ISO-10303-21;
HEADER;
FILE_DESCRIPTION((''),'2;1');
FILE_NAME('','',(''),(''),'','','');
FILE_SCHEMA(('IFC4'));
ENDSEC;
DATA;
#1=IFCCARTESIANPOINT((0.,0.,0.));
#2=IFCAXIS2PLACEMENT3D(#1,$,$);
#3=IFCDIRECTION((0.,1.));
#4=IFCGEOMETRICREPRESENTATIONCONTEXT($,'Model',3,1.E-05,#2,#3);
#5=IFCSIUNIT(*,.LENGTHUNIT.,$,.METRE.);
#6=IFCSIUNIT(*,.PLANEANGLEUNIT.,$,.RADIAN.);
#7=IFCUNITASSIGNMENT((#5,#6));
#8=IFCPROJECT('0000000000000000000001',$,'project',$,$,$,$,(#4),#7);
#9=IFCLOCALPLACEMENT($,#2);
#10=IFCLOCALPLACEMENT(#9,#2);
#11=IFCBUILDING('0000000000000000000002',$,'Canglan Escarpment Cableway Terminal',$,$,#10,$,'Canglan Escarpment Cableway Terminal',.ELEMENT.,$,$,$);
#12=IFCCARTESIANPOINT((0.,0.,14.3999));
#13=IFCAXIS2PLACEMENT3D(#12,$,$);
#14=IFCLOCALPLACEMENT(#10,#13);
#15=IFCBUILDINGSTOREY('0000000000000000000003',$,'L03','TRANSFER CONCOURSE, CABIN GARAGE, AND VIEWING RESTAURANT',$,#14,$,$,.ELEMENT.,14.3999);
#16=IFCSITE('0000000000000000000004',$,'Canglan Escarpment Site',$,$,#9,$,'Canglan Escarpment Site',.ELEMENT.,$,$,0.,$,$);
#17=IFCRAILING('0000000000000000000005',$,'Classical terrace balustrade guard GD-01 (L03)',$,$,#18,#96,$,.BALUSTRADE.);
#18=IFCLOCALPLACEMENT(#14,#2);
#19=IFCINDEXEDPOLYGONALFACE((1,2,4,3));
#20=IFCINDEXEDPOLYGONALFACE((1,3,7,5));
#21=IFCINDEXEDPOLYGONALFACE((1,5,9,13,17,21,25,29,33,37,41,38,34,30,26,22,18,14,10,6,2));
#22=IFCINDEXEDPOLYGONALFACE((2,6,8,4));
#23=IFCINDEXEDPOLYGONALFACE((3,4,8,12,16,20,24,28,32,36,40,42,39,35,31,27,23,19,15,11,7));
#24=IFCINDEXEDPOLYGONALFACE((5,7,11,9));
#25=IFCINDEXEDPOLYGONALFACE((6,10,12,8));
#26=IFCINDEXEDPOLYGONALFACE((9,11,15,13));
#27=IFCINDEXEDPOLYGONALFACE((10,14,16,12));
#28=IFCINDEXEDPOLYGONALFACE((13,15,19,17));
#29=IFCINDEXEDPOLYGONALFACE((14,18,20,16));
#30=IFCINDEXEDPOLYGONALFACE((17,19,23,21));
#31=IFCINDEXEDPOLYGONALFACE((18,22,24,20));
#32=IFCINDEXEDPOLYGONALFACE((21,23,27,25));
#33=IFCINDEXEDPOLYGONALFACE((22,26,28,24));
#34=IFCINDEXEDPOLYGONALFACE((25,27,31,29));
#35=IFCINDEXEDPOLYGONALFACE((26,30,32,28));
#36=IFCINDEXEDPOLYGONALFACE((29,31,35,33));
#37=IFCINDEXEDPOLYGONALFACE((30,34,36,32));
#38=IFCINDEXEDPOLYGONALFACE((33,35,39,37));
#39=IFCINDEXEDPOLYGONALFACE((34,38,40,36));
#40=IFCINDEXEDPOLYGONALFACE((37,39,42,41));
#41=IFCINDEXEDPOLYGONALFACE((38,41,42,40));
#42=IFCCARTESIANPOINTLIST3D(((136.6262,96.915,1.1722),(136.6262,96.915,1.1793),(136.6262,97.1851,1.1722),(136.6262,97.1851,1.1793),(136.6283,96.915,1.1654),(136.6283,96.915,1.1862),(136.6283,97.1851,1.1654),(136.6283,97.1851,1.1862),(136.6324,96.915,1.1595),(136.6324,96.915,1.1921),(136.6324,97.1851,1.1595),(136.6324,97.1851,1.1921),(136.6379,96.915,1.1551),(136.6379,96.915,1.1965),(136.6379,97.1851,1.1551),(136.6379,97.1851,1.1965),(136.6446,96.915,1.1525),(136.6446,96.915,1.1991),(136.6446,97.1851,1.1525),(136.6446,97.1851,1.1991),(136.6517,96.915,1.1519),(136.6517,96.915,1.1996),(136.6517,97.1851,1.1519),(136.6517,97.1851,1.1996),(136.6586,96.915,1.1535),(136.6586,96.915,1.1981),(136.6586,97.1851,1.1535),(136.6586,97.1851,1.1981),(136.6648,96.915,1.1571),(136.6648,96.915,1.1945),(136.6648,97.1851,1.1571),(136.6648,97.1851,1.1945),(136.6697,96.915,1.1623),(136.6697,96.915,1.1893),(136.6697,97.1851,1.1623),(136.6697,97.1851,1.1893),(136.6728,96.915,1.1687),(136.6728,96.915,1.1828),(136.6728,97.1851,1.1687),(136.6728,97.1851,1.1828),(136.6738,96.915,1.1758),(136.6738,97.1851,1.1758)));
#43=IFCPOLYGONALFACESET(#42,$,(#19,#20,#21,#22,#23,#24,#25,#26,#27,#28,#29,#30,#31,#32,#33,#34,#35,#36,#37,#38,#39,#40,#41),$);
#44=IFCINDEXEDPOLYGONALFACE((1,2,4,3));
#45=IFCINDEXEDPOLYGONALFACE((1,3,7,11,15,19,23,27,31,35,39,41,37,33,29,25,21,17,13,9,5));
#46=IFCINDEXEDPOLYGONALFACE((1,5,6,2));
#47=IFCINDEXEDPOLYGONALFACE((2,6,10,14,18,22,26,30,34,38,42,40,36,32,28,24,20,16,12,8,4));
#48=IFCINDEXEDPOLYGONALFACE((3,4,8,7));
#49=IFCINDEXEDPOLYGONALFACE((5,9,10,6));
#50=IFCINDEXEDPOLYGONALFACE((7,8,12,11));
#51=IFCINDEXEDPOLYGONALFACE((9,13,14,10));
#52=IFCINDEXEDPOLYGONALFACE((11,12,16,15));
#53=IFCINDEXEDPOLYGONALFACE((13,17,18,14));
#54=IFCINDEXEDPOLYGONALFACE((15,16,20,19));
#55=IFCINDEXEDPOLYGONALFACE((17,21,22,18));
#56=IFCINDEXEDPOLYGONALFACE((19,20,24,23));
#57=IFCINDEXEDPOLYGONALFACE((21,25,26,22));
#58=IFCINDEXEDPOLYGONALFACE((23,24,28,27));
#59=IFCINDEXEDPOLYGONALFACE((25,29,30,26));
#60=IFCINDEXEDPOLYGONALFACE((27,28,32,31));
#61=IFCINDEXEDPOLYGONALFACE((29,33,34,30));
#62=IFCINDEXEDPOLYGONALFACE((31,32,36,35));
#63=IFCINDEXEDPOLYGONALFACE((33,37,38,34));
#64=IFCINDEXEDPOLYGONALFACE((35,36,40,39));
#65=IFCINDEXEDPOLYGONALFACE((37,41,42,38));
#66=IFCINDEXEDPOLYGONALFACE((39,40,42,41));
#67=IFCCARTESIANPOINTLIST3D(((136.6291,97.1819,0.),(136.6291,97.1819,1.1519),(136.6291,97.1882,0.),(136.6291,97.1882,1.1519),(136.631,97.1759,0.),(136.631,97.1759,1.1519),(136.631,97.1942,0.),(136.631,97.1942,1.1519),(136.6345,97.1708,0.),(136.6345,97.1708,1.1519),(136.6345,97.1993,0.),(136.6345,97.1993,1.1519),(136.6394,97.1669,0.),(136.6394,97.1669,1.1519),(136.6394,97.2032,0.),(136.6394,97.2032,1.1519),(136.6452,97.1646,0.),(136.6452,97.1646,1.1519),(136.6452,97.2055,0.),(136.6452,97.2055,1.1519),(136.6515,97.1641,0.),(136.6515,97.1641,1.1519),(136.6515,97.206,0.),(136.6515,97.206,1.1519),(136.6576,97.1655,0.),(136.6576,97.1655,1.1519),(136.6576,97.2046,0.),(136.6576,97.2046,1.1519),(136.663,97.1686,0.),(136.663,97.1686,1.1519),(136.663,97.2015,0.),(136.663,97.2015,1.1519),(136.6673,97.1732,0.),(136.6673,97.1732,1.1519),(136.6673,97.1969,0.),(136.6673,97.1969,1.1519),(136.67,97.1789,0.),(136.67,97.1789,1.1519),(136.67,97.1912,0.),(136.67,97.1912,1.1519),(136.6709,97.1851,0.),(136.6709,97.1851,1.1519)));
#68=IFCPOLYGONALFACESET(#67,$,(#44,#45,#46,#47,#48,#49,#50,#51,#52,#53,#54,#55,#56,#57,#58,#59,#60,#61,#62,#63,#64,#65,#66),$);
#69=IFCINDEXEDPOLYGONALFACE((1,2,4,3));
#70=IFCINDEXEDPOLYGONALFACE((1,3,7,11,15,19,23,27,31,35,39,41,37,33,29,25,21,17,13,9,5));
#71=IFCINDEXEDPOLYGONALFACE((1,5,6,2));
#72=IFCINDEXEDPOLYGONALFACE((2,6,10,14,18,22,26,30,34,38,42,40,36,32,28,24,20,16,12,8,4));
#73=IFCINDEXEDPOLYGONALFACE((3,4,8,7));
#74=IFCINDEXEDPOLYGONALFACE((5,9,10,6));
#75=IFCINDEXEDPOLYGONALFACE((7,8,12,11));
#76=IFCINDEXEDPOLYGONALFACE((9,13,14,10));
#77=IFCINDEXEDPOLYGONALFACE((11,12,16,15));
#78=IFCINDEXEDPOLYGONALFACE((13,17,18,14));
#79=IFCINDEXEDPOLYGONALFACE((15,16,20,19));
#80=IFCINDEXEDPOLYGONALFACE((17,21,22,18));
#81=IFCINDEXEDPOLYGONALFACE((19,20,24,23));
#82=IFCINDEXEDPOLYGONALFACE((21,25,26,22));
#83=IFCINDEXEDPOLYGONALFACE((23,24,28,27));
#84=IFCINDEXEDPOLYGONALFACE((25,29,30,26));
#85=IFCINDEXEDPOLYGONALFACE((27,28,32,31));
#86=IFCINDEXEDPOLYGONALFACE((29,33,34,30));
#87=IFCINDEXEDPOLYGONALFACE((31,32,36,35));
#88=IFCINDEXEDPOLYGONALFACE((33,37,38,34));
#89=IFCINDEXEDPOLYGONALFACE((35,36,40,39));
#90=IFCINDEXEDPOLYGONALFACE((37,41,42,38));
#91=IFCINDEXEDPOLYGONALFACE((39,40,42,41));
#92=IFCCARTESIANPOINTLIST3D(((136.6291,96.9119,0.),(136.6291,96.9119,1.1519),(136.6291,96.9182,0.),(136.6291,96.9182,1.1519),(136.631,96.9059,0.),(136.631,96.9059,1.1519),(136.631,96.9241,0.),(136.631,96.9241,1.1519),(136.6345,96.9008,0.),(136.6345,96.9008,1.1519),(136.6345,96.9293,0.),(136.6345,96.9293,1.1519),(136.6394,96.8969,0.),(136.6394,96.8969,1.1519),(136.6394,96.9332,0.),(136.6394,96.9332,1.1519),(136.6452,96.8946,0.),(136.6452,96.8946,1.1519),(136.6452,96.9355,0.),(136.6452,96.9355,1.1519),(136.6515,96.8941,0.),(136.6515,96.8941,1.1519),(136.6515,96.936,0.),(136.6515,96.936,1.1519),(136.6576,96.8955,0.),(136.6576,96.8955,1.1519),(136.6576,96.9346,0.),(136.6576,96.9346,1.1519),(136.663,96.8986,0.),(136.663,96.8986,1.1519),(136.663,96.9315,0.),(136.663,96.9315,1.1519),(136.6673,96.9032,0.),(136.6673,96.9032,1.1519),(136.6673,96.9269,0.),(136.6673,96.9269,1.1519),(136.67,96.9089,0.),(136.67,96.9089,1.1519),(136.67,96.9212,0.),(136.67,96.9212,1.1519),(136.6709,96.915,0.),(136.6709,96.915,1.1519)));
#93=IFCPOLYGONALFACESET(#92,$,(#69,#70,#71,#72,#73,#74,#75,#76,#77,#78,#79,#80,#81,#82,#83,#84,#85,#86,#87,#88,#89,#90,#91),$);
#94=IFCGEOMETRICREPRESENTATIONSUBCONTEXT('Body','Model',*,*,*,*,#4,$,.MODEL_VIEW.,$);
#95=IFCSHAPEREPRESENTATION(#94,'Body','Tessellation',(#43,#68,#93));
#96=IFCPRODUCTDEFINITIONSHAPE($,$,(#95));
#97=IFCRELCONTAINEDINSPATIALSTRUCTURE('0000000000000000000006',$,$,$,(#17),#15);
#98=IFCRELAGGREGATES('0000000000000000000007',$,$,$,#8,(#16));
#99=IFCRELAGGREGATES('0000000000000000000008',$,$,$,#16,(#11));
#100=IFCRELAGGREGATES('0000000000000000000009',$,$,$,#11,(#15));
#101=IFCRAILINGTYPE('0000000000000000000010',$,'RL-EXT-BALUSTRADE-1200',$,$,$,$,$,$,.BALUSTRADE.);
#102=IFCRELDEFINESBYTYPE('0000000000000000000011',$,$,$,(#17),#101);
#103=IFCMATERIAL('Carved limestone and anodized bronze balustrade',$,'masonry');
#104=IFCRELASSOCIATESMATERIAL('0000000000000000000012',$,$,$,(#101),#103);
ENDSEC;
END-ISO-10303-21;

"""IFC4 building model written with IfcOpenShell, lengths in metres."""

from ifc_helpers import new_model, si_unit, direction, frame, origin, origin_2d, place, context, subcontext, project, spatial, circle, extrude, material, type_object, element, save


model = new_model("IFC4")

# Units and contexts
model_context = context("Model", 3, precision=1e-05, world=origin(), true_north=direction((0.0, 1.0)))
body_context = subcontext(model_context, "Body", "Model", "MODEL_VIEW")
ifc_project = project(units=[si_unit("LENGTHUNIT", "METRE"), si_unit("PLANEANGLEUNIT", "RADIAN")], contexts=[model_context])

# Site, building, storey
site_placement = place(None, origin())
site = spatial("IfcSite", under=ifc_project, at=site_placement, Name="Canglan Escarpment Site", LongName="Canglan Escarpment Site", CompositionType="ELEMENT", RefElevation=0.0)
building_placement = place(site_placement, origin())
building = spatial("IfcBuilding", under=site, at=building_placement, Name="Canglan Escarpment Cableway Terminal", LongName="Canglan Escarpment Cableway Terminal", CompositionType="ELEMENT")
storey_placement = place(building_placement, frame((0.0, 0.0, 14.3999)))
storey = spatial("IfcBuildingStorey", under=building, at=storey_placement, Name="L03", Description="TRANSFER CONCOURSE, CABIN GARAGE, AND VIEWING RESTAURANT", CompositionType="ELEMENT", Elevation=14.3999)

# Railing
ifc_material_1 = material(Name="Carved limestone and anodized bronze balustrade", Category="masonry")
railing_type = type_object("IfcRailingType", Name="RL-EXT-BALUSTRADE-1200", PredefinedType="BALUSTRADE", material=ifc_material_1)
railing_placement = place(storey_placement, frame((136.6499, 97.1851, 0.0)))
element("IfcRailing", 1, at=railing_placement, inside=storey, type_object=railing_type, Name="Classical terrace balustrade guard GD-01 (L03)", PredefinedType="BALUSTRADE", context=body_context, shape_type="SweptSolid", body=[
    extrude(circle(Radius=0.0239, at=origin_2d()), frame((0.0, 0.0, 1.1758), z_axis=(0.0, -1.0, 0.0), x_axis=(1.0, 0.0, 0.0)), (0.0, 0.0, 1.0), 0.27),
    extrude(circle(Radius=0.021, at=origin_2d()), origin(), (0.0, 0.0, 1.0), 1.1519),
    extrude(circle(Radius=0.021, at=origin_2d()), frame((0.0, -0.27, 0.0)), (0.0, 0.0, 1.0), 1.1519),
])

save(model, "model.ifc")
